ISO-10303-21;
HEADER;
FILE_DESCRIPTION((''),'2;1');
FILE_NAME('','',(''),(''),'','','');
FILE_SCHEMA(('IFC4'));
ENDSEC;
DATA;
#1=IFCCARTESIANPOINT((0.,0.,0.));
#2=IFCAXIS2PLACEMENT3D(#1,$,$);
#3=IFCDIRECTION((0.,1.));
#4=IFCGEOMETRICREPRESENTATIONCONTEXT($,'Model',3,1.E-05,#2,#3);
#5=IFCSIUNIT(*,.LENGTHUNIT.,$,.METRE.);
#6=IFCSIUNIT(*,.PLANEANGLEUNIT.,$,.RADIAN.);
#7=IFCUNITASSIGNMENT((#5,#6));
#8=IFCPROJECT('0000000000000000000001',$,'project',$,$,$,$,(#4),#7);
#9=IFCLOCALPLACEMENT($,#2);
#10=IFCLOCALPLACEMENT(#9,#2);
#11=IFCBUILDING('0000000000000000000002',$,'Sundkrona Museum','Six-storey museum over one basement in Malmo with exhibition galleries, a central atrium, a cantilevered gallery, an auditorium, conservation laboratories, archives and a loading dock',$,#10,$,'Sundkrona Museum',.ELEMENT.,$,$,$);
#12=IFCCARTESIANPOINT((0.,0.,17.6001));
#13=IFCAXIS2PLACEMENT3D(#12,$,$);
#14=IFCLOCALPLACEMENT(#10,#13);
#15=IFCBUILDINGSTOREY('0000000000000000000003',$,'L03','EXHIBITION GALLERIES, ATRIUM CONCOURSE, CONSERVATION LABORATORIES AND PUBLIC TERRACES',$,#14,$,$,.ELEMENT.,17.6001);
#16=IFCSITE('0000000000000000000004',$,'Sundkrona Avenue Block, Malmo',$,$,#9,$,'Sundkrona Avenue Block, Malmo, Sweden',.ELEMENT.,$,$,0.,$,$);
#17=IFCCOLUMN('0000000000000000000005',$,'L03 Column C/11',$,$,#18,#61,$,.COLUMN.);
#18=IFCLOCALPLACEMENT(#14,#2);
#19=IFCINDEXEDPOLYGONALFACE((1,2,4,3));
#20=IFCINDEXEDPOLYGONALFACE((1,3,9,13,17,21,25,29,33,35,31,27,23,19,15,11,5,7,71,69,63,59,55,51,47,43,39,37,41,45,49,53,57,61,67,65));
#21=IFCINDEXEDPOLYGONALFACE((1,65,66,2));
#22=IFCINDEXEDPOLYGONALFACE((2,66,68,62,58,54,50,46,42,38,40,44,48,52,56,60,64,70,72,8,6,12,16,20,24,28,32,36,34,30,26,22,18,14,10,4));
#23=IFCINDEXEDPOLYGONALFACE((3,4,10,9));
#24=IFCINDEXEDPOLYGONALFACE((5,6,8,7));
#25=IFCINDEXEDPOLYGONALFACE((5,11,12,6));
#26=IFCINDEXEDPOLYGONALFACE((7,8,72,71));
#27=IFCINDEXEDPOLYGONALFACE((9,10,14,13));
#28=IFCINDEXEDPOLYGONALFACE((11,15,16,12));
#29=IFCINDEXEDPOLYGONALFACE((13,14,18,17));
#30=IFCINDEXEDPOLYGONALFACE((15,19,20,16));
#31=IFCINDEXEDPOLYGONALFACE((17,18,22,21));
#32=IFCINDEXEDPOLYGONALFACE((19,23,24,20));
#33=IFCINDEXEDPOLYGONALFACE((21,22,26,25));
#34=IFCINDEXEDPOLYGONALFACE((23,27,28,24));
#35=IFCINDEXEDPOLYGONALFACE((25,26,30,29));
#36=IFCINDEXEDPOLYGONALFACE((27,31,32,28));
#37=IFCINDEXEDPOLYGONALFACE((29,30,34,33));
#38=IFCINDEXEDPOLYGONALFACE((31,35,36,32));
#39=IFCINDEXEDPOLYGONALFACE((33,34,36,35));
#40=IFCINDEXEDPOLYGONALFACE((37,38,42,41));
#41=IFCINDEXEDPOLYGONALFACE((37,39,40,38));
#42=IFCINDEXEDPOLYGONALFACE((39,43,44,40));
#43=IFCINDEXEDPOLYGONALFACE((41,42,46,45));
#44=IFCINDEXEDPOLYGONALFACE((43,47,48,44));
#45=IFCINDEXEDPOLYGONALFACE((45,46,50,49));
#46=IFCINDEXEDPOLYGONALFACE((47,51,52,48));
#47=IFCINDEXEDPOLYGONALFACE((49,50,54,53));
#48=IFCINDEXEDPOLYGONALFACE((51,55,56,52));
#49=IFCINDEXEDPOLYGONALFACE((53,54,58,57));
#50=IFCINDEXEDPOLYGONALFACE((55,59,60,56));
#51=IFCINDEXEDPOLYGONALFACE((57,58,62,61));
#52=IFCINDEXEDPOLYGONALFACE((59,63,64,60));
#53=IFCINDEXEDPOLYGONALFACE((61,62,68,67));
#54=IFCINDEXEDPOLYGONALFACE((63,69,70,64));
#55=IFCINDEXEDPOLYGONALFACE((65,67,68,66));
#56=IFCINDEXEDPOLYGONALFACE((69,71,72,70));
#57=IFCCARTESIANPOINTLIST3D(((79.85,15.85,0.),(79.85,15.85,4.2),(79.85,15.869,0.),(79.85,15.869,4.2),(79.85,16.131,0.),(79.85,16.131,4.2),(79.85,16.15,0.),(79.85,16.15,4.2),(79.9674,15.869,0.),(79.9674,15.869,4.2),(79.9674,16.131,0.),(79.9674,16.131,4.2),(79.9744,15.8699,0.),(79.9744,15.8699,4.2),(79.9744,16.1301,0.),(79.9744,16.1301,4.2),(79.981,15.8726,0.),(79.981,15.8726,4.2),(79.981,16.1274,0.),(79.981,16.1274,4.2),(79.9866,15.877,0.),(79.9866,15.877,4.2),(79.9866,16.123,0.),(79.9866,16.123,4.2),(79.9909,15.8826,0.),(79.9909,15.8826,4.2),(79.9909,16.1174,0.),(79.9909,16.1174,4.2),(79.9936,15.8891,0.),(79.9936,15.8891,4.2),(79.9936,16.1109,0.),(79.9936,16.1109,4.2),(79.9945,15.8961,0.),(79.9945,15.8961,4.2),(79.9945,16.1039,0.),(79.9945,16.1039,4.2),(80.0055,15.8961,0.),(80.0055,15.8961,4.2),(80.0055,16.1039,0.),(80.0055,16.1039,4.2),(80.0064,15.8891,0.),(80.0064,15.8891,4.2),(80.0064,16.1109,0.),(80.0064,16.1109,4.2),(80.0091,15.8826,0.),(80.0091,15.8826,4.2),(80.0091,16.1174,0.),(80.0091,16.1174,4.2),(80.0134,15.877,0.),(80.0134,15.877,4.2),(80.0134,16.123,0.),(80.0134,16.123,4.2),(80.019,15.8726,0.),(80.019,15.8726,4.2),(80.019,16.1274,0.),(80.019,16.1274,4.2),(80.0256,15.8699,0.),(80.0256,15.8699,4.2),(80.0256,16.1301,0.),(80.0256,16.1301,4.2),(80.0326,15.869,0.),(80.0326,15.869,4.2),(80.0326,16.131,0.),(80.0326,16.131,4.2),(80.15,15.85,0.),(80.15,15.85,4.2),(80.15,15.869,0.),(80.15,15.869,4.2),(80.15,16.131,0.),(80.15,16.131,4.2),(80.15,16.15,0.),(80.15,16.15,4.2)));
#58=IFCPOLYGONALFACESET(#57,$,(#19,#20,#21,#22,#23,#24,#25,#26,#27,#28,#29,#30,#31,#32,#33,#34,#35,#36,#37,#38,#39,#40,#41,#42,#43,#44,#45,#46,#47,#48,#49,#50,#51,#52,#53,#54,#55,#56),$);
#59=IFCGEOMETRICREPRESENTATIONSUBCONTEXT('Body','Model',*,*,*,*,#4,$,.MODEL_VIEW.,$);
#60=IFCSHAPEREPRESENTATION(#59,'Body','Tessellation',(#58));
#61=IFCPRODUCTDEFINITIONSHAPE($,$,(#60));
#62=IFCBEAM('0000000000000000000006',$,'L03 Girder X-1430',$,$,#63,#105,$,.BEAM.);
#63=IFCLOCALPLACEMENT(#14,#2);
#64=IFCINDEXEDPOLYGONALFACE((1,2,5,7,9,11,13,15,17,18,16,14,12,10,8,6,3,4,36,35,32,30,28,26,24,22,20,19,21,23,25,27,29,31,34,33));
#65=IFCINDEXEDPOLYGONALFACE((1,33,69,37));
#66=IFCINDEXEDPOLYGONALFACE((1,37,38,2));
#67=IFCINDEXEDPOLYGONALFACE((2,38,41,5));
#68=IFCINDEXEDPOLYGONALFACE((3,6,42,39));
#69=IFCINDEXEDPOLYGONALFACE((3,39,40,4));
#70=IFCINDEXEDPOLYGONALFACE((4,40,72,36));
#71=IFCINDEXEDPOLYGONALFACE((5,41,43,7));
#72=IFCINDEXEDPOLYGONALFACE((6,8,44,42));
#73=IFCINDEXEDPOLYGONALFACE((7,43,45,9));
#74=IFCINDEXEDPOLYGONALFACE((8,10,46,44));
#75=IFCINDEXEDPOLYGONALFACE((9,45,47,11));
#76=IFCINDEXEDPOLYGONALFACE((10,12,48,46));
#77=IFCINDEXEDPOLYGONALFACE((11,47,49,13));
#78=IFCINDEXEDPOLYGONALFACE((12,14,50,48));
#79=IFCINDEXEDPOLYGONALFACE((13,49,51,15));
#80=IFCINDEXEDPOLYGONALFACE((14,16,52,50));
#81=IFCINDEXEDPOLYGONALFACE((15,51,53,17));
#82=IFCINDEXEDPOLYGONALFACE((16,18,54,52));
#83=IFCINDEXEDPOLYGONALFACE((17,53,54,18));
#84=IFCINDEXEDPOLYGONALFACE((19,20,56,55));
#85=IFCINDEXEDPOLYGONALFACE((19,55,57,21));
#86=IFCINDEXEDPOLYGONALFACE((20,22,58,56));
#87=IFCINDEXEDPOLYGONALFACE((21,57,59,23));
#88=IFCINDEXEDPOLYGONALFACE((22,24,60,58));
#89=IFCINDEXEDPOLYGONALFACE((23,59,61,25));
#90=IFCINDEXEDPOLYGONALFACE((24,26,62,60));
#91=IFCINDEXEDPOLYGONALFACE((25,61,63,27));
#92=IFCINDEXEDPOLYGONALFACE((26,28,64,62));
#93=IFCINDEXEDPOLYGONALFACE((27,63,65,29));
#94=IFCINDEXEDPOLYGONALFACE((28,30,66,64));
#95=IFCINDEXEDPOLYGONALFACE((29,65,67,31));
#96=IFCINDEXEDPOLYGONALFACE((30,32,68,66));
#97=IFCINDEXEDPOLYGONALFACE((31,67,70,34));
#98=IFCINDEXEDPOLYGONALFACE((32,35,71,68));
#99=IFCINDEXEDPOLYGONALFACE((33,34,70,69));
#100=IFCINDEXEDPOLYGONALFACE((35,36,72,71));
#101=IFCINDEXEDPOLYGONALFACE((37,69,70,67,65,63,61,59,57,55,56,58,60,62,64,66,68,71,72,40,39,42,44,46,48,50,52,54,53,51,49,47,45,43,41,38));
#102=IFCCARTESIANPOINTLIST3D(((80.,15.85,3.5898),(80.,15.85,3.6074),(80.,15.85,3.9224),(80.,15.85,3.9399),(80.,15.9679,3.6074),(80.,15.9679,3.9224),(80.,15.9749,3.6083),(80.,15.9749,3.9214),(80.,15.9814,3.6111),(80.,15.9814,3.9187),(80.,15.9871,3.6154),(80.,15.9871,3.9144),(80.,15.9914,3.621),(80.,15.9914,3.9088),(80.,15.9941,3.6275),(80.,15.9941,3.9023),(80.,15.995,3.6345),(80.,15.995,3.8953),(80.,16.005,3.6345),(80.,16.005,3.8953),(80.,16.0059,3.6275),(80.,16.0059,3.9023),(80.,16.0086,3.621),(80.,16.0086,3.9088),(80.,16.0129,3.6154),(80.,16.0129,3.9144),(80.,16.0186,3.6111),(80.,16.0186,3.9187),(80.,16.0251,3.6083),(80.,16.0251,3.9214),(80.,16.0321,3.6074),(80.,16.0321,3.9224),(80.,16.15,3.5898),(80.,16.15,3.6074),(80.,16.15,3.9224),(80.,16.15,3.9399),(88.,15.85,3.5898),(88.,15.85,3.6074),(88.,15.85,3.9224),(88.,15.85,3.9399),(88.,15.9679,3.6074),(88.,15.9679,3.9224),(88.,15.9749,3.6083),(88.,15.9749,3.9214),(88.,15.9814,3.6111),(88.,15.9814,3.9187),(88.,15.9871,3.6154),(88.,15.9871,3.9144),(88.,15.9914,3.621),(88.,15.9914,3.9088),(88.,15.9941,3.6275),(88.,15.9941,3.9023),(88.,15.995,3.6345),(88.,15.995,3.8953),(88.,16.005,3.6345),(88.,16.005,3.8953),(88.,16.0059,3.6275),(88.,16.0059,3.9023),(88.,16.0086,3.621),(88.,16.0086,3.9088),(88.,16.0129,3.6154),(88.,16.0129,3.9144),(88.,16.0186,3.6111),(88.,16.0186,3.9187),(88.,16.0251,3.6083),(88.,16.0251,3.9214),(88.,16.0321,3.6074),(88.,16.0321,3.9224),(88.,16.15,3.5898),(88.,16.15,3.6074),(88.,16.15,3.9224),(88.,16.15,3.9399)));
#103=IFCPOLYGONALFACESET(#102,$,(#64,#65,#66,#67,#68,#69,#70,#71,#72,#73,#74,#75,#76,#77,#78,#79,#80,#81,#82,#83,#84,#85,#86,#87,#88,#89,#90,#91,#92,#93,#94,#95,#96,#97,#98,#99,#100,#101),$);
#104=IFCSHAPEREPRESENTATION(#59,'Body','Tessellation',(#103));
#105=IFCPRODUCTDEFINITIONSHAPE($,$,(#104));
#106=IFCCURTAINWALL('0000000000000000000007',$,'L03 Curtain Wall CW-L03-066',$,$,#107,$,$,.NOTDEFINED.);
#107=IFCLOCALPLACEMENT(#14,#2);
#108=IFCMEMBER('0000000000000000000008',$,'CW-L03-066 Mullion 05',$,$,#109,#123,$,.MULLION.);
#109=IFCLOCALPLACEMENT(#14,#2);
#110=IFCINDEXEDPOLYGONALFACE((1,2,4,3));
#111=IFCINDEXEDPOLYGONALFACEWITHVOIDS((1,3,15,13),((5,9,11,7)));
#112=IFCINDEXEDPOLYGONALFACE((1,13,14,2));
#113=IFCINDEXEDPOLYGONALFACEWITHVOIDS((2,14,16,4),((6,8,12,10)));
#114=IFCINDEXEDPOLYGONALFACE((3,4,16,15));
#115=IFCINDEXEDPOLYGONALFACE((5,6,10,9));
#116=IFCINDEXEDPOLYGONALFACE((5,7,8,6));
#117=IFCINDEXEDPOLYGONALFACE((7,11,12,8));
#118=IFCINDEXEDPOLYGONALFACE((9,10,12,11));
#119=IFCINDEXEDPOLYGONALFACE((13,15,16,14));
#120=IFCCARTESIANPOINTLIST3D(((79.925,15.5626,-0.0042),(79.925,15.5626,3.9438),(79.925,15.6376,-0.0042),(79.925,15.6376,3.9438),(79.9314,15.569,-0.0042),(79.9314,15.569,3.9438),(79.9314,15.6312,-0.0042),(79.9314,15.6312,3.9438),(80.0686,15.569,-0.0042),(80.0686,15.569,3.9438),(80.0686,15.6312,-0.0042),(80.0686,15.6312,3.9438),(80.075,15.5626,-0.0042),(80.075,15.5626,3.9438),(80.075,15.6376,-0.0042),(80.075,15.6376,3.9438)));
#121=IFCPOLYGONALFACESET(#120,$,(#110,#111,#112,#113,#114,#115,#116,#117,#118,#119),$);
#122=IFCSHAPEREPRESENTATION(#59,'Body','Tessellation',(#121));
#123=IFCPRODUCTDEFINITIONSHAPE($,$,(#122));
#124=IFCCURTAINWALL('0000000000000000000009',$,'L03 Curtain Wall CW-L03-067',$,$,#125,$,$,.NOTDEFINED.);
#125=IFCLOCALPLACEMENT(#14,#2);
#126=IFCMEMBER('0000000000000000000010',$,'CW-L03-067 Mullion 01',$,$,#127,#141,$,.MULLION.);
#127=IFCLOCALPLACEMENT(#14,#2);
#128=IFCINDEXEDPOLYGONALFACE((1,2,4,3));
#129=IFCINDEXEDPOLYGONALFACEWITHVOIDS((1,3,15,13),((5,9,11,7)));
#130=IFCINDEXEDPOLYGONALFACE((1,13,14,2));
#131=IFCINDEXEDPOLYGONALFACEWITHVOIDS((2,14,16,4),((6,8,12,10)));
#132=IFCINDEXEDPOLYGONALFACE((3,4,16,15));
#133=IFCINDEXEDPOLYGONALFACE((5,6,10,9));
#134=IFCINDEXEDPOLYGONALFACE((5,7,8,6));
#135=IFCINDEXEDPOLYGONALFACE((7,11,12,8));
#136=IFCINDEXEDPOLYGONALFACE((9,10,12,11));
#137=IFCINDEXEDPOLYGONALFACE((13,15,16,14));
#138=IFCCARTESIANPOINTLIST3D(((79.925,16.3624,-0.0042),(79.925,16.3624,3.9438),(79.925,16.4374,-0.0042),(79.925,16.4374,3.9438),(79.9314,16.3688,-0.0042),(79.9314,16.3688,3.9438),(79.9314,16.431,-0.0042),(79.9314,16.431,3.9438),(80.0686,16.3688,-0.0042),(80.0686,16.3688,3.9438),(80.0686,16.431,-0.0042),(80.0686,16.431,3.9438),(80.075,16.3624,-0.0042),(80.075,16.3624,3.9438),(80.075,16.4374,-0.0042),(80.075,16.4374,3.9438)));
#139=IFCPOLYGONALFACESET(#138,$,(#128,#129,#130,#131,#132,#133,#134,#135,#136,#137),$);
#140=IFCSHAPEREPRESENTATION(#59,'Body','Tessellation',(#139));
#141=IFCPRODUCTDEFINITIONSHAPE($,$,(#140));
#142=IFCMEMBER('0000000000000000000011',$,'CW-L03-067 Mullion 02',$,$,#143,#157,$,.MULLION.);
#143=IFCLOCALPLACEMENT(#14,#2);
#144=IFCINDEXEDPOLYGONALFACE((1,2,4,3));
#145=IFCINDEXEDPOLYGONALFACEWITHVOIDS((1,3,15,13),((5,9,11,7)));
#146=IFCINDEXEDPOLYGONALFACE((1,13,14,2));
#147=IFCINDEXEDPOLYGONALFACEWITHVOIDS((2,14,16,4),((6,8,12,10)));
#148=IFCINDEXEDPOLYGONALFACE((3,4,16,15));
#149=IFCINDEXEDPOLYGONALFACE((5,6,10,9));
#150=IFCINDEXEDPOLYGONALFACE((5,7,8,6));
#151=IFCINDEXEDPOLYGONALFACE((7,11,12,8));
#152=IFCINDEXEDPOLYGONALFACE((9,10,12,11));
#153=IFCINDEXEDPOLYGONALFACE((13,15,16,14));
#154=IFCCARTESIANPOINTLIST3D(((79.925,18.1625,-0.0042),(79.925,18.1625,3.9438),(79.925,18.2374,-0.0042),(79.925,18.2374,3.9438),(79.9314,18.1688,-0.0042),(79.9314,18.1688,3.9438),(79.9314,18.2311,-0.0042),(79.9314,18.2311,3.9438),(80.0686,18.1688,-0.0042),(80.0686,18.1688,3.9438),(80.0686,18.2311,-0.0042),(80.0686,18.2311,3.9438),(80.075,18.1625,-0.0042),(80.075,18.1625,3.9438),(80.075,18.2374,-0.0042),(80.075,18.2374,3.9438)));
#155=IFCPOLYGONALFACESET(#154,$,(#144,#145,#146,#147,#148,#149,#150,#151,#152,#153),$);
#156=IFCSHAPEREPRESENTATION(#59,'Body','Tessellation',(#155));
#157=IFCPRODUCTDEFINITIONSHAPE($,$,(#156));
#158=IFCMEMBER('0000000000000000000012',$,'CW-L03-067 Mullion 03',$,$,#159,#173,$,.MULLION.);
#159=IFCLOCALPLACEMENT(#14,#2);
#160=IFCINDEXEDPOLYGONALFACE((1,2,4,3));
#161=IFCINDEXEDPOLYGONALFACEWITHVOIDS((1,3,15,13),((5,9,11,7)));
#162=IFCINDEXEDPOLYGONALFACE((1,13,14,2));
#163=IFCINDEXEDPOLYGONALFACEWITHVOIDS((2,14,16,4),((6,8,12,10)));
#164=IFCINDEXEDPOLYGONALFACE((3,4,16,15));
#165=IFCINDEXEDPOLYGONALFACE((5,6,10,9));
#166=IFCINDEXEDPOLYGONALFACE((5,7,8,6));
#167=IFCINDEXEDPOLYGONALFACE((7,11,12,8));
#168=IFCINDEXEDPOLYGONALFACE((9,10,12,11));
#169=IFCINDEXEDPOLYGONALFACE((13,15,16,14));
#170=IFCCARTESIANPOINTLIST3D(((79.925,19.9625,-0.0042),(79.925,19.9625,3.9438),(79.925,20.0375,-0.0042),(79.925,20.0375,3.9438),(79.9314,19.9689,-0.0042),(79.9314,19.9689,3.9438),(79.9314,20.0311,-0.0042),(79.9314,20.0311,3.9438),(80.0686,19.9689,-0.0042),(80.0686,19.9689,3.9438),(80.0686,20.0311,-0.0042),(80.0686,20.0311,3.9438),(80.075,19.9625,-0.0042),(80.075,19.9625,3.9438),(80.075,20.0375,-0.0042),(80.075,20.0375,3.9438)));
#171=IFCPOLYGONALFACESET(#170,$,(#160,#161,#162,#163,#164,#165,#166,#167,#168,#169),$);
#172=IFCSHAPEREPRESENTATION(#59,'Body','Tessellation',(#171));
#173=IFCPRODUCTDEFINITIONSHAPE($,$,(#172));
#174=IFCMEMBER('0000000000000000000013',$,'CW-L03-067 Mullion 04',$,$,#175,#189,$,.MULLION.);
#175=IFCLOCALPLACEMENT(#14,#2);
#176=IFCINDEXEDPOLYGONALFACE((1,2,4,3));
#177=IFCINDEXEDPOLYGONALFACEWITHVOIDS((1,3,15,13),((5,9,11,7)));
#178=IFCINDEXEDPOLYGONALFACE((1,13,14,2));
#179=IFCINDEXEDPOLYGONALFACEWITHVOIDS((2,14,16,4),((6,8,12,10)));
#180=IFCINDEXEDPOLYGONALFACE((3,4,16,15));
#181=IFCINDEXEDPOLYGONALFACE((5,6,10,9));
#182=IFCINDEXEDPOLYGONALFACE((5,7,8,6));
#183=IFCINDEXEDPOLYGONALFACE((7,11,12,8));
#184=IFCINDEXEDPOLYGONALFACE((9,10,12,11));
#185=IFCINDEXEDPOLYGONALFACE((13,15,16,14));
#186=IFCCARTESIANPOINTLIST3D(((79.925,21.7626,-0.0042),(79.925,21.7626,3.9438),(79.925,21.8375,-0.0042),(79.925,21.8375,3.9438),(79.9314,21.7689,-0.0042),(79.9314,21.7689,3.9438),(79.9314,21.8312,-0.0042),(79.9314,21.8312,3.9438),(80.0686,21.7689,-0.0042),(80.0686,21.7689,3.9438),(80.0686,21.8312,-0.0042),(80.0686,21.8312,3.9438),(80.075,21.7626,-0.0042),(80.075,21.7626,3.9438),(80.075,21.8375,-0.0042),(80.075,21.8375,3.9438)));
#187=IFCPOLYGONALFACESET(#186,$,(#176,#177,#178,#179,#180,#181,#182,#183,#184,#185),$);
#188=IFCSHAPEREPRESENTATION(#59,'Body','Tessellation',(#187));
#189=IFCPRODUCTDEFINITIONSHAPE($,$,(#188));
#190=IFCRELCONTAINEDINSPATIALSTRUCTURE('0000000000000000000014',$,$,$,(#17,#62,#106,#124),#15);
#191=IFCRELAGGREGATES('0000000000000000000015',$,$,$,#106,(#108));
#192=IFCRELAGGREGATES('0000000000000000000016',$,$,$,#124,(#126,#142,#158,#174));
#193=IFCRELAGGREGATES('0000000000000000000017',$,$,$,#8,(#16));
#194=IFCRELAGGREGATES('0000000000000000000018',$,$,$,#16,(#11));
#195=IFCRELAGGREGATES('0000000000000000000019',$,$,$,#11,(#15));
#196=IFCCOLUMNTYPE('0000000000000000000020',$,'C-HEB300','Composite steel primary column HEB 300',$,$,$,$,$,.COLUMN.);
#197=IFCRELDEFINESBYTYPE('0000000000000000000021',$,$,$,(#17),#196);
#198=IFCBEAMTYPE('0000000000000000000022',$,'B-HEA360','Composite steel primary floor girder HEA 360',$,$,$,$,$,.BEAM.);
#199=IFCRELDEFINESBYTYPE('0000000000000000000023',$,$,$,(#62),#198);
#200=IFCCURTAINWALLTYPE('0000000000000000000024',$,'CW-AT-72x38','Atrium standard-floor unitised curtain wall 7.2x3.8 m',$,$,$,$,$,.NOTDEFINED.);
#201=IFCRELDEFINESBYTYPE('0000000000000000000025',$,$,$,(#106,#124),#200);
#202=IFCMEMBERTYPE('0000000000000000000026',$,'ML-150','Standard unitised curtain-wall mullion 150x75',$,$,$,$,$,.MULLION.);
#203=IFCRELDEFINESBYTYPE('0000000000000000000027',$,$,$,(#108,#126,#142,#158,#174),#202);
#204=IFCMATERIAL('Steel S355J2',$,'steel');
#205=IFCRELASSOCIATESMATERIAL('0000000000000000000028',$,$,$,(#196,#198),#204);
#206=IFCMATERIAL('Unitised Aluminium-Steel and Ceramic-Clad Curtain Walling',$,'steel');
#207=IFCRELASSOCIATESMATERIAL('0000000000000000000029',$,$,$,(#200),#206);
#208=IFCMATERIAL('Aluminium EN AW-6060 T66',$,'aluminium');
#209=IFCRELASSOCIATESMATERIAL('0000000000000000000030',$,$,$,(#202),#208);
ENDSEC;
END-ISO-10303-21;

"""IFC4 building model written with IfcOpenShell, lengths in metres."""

from ifc_helpers import new_model, si_unit, direction, frame, origin, origin_2d, place, context, subcontext, project, spatial, hollow_rectangle, i_section, extrude, material, material_profile, profile_set, type_object, element, aggregate, save


model = new_model("IFC4")

# Units and contexts
model_context = context("Model", 3, precision=1e-05, world=origin(), true_north=direction((0.0, 1.0)))
body_context = subcontext(model_context, "Body", "Model", "MODEL_VIEW")
ifc_project = project(units=[si_unit("LENGTHUNIT", "METRE"), si_unit("PLANEANGLEUNIT", "RADIAN")], contexts=[model_context])

# Site, building, storey
site_placement = place(None, origin())
site = spatial("IfcSite", under=ifc_project, at=site_placement, Name="Sundkrona Avenue Block, Malmo", LongName="Sundkrona Avenue Block, Malmo, Sweden", CompositionType="ELEMENT", RefElevation=0.0)
building_placement = place(site_placement, origin())
building = spatial("IfcBuilding", under=site, at=building_placement, Name="Sundkrona Museum", Description="Six-storey museum over one basement in Malmo with exhibition galleries, a central atrium, a cantilevered gallery, an auditorium, conservation laboratories, archives and a loading dock", LongName="Sundkrona Museum", CompositionType="ELEMENT")
storey_placement = place(building_placement, frame((0.0, 0.0, 17.6001)))
storey = spatial("IfcBuildingStorey", under=building, at=storey_placement, Name="L03", Description="EXHIBITION GALLERIES, ATRIUM CONCOURSE, CONSERVATION LABORATORIES AND PUBLIC TERRACES", CompositionType="ELEMENT", Elevation=17.6001)

# Column
ifc_material_1 = material(Name="Steel S355J2", Category="steel")
ifc_material_profile_1 = material_profile(ifc_material_1, i_section(OverallWidth=0.3, OverallDepth=0.3, WebThickness=0.011, FlangeThickness=0.019, FilletRadius=0.0271, at=origin_2d()), Name="HEB 300")
ifc_profile_set_1 = profile_set([ifc_material_profile_1], Name="Steel S355J2")
column_type = type_object("IfcColumnType", Name="C-HEB300", Description="Composite steel primary column HEB 300", PredefinedType="COLUMN", material=ifc_profile_set_1)
column_placement = place(storey_placement, frame((80.0, 16.0, 0.0), z_axis=(0.0, 0.0, 1.0), x_axis=(1.0, 0.0, 0.0)))
element("IfcColumn", 1, at=column_placement, inside=storey, type_object=column_type, Name="L03 Column C/11", PredefinedType="COLUMN", context=body_context, shape_type="SweptSolid", body=[
    extrude(i_section(OverallWidth=0.3, OverallDepth=0.3, WebThickness=0.011, FlangeThickness=0.019, FilletRadius=0.0271, at=origin_2d()), origin(), (0.0, 0.0, 1.0), 4.2),
])

# Beam
ifc_material_profile_2 = material_profile(ifc_material_1, i_section(OverallWidth=0.3, OverallDepth=0.3501, WebThickness=0.01, FlangeThickness=0.0176, FilletRadius=0.0271, at=origin_2d()), Name="HEA 360")
ifc_profile_set_2 = profile_set([ifc_material_profile_2], Name="Steel S355J2")
beam_type_1 = type_object("IfcBeamType", Name="B-HEA360", Description="Composite steel primary floor girder HEA 360", PredefinedType="BEAM", material=ifc_profile_set_2)
beam_1_placement = place(storey_placement, frame((80.0, 16.0, 3.7649), z_axis=(1.0, 0.0, 0.0), x_axis=(0.0, 1.0, 0.0)))
element("IfcBeam", 2, at=beam_1_placement, inside=storey, type_object=beam_type_1, Name="L03 Girder X-1430", PredefinedType="BEAM", context=body_context, shape_type="SweptSolid", body=[
    extrude(i_section(OverallWidth=0.3, OverallDepth=0.3501, WebThickness=0.01, FlangeThickness=0.0176, FilletRadius=0.0271, at=origin_2d()), origin(), (0.0, 0.0, 1.0), 8.0),
])

# Curtain wall, member
ifc_material_2 = material(Name="Unitised Aluminium-Steel and Ceramic-Clad Curtain Walling", Category="steel")
curtain_wall_type = type_object("IfcCurtainWallType", Name="CW-AT-72x38", Description="Atrium standard-floor unitised curtain wall 7.2x3.8 m", PredefinedType="NOTDEFINED", material=ifc_material_2)
curtain_wall_1_placement = place(storey_placement, origin())
curtain_wall_1 = element("IfcCurtainWall", 3, at=curtain_wall_1_placement, inside=storey, type_object=curtain_wall_type, Name="L03 Curtain Wall CW-L03-066", PredefinedType="NOTDEFINED")
ifc_material_3 = material(Name="Aluminium EN AW-6060 T66", Category="aluminium")
ifc_material_profile_3 = material_profile(ifc_material_3, hollow_rectangle(XDim=0.075, YDim=0.1499, WallThickness=0.0063, at=origin_2d()), Name="RHS 150x75x6.3")
ifc_profile_set_3 = profile_set([ifc_material_profile_3], Name="Aluminium EN AW-6060 T66")
member_type_1 = type_object("IfcMemberType", Name="ML-150", Description="Standard unitised curtain-wall mullion 150x75", PredefinedType="MULLION", material=ifc_profile_set_3)
member_1_placement = place(storey_placement, frame((80.0, 15.6001, -0.0042), z_axis=(0.0, 0.0, 1.0), x_axis=(0.0, 1.0, 0.0)))
member_1 = element("IfcMember", 4, at=member_1_placement, type_object=member_type_1, Name="CW-L03-066 Mullion 05", PredefinedType="MULLION", context=body_context, shape_type="SweptSolid", body=[
    extrude(hollow_rectangle(XDim=0.075, YDim=0.1499, WallThickness=0.0063, at=origin_2d()), origin(), (0.0, 0.0, 1.0), 3.948),
])

# Curtain wall, members
curtain_wall_2_placement = place(storey_placement, origin())
curtain_wall_2 = element("IfcCurtainWall", 5, at=curtain_wall_2_placement, inside=storey, type_object=curtain_wall_type, Name="L03 Curtain Wall CW-L03-067", PredefinedType="NOTDEFINED")
member_2_placement = place(storey_placement, frame((80.0, 16.3999, -0.0042), z_axis=(0.0, 0.0, 1.0), x_axis=(0.0, 1.0, 0.0)))
member_2 = element("IfcMember", 6, at=member_2_placement, type_object=member_type_1, Name="CW-L03-067 Mullion 01", PredefinedType="MULLION", context=body_context, shape_type="SweptSolid", body=[
    extrude(hollow_rectangle(XDim=0.075, YDim=0.1499, WallThickness=0.0063, at=origin_2d()), origin(), (0.0, 0.0, 1.0), 3.948),
])
member_3_placement = place(storey_placement, frame((80.0, 18.2, -0.0042), z_axis=(0.0, 0.0, 1.0), x_axis=(0.0, 1.0, 0.0)))
member_3 = element("IfcMember", 7, at=member_3_placement, type_object=member_type_1, Name="CW-L03-067 Mullion 02", PredefinedType="MULLION", context=body_context, shape_type="SweptSolid", body=[
    extrude(hollow_rectangle(XDim=0.075, YDim=0.1499, WallThickness=0.0063, at=origin_2d()), origin(), (0.0, 0.0, 1.0), 3.948),
])
member_4_placement = place(storey_placement, frame((80.0, 20.0, -0.0042), z_axis=(0.0, 0.0, 1.0), x_axis=(0.0, 1.0, 0.0)))
member_4 = element("IfcMember", 8, at=member_4_placement, type_object=member_type_1, Name="CW-L03-067 Mullion 03", PredefinedType="MULLION", context=body_context, shape_type="SweptSolid", body=[
    extrude(hollow_rectangle(XDim=0.075, YDim=0.1499, WallThickness=0.0063, at=origin_2d()), origin(), (0.0, 0.0, 1.0), 3.948),
])
member_5_placement = place(storey_placement, frame((80.0, 21.8, -0.0042), z_axis=(0.0, 0.0, 1.0), x_axis=(0.0, 1.0, 0.0)))
member_5 = element("IfcMember", 9, at=member_5_placement, type_object=member_type_1, Name="CW-L03-067 Mullion 04", PredefinedType="MULLION", context=body_context, shape_type="SweptSolid", body=[
    extrude(hollow_rectangle(XDim=0.075, YDim=0.1499, WallThickness=0.0063, at=origin_2d()), origin(), (0.0, 0.0, 1.0), 3.948),
])

aggregate(curtain_wall_1, [member_1])
aggregate(curtain_wall_2, [member_2, member_3, member_4, member_5])

save(model, "model.ifc")
